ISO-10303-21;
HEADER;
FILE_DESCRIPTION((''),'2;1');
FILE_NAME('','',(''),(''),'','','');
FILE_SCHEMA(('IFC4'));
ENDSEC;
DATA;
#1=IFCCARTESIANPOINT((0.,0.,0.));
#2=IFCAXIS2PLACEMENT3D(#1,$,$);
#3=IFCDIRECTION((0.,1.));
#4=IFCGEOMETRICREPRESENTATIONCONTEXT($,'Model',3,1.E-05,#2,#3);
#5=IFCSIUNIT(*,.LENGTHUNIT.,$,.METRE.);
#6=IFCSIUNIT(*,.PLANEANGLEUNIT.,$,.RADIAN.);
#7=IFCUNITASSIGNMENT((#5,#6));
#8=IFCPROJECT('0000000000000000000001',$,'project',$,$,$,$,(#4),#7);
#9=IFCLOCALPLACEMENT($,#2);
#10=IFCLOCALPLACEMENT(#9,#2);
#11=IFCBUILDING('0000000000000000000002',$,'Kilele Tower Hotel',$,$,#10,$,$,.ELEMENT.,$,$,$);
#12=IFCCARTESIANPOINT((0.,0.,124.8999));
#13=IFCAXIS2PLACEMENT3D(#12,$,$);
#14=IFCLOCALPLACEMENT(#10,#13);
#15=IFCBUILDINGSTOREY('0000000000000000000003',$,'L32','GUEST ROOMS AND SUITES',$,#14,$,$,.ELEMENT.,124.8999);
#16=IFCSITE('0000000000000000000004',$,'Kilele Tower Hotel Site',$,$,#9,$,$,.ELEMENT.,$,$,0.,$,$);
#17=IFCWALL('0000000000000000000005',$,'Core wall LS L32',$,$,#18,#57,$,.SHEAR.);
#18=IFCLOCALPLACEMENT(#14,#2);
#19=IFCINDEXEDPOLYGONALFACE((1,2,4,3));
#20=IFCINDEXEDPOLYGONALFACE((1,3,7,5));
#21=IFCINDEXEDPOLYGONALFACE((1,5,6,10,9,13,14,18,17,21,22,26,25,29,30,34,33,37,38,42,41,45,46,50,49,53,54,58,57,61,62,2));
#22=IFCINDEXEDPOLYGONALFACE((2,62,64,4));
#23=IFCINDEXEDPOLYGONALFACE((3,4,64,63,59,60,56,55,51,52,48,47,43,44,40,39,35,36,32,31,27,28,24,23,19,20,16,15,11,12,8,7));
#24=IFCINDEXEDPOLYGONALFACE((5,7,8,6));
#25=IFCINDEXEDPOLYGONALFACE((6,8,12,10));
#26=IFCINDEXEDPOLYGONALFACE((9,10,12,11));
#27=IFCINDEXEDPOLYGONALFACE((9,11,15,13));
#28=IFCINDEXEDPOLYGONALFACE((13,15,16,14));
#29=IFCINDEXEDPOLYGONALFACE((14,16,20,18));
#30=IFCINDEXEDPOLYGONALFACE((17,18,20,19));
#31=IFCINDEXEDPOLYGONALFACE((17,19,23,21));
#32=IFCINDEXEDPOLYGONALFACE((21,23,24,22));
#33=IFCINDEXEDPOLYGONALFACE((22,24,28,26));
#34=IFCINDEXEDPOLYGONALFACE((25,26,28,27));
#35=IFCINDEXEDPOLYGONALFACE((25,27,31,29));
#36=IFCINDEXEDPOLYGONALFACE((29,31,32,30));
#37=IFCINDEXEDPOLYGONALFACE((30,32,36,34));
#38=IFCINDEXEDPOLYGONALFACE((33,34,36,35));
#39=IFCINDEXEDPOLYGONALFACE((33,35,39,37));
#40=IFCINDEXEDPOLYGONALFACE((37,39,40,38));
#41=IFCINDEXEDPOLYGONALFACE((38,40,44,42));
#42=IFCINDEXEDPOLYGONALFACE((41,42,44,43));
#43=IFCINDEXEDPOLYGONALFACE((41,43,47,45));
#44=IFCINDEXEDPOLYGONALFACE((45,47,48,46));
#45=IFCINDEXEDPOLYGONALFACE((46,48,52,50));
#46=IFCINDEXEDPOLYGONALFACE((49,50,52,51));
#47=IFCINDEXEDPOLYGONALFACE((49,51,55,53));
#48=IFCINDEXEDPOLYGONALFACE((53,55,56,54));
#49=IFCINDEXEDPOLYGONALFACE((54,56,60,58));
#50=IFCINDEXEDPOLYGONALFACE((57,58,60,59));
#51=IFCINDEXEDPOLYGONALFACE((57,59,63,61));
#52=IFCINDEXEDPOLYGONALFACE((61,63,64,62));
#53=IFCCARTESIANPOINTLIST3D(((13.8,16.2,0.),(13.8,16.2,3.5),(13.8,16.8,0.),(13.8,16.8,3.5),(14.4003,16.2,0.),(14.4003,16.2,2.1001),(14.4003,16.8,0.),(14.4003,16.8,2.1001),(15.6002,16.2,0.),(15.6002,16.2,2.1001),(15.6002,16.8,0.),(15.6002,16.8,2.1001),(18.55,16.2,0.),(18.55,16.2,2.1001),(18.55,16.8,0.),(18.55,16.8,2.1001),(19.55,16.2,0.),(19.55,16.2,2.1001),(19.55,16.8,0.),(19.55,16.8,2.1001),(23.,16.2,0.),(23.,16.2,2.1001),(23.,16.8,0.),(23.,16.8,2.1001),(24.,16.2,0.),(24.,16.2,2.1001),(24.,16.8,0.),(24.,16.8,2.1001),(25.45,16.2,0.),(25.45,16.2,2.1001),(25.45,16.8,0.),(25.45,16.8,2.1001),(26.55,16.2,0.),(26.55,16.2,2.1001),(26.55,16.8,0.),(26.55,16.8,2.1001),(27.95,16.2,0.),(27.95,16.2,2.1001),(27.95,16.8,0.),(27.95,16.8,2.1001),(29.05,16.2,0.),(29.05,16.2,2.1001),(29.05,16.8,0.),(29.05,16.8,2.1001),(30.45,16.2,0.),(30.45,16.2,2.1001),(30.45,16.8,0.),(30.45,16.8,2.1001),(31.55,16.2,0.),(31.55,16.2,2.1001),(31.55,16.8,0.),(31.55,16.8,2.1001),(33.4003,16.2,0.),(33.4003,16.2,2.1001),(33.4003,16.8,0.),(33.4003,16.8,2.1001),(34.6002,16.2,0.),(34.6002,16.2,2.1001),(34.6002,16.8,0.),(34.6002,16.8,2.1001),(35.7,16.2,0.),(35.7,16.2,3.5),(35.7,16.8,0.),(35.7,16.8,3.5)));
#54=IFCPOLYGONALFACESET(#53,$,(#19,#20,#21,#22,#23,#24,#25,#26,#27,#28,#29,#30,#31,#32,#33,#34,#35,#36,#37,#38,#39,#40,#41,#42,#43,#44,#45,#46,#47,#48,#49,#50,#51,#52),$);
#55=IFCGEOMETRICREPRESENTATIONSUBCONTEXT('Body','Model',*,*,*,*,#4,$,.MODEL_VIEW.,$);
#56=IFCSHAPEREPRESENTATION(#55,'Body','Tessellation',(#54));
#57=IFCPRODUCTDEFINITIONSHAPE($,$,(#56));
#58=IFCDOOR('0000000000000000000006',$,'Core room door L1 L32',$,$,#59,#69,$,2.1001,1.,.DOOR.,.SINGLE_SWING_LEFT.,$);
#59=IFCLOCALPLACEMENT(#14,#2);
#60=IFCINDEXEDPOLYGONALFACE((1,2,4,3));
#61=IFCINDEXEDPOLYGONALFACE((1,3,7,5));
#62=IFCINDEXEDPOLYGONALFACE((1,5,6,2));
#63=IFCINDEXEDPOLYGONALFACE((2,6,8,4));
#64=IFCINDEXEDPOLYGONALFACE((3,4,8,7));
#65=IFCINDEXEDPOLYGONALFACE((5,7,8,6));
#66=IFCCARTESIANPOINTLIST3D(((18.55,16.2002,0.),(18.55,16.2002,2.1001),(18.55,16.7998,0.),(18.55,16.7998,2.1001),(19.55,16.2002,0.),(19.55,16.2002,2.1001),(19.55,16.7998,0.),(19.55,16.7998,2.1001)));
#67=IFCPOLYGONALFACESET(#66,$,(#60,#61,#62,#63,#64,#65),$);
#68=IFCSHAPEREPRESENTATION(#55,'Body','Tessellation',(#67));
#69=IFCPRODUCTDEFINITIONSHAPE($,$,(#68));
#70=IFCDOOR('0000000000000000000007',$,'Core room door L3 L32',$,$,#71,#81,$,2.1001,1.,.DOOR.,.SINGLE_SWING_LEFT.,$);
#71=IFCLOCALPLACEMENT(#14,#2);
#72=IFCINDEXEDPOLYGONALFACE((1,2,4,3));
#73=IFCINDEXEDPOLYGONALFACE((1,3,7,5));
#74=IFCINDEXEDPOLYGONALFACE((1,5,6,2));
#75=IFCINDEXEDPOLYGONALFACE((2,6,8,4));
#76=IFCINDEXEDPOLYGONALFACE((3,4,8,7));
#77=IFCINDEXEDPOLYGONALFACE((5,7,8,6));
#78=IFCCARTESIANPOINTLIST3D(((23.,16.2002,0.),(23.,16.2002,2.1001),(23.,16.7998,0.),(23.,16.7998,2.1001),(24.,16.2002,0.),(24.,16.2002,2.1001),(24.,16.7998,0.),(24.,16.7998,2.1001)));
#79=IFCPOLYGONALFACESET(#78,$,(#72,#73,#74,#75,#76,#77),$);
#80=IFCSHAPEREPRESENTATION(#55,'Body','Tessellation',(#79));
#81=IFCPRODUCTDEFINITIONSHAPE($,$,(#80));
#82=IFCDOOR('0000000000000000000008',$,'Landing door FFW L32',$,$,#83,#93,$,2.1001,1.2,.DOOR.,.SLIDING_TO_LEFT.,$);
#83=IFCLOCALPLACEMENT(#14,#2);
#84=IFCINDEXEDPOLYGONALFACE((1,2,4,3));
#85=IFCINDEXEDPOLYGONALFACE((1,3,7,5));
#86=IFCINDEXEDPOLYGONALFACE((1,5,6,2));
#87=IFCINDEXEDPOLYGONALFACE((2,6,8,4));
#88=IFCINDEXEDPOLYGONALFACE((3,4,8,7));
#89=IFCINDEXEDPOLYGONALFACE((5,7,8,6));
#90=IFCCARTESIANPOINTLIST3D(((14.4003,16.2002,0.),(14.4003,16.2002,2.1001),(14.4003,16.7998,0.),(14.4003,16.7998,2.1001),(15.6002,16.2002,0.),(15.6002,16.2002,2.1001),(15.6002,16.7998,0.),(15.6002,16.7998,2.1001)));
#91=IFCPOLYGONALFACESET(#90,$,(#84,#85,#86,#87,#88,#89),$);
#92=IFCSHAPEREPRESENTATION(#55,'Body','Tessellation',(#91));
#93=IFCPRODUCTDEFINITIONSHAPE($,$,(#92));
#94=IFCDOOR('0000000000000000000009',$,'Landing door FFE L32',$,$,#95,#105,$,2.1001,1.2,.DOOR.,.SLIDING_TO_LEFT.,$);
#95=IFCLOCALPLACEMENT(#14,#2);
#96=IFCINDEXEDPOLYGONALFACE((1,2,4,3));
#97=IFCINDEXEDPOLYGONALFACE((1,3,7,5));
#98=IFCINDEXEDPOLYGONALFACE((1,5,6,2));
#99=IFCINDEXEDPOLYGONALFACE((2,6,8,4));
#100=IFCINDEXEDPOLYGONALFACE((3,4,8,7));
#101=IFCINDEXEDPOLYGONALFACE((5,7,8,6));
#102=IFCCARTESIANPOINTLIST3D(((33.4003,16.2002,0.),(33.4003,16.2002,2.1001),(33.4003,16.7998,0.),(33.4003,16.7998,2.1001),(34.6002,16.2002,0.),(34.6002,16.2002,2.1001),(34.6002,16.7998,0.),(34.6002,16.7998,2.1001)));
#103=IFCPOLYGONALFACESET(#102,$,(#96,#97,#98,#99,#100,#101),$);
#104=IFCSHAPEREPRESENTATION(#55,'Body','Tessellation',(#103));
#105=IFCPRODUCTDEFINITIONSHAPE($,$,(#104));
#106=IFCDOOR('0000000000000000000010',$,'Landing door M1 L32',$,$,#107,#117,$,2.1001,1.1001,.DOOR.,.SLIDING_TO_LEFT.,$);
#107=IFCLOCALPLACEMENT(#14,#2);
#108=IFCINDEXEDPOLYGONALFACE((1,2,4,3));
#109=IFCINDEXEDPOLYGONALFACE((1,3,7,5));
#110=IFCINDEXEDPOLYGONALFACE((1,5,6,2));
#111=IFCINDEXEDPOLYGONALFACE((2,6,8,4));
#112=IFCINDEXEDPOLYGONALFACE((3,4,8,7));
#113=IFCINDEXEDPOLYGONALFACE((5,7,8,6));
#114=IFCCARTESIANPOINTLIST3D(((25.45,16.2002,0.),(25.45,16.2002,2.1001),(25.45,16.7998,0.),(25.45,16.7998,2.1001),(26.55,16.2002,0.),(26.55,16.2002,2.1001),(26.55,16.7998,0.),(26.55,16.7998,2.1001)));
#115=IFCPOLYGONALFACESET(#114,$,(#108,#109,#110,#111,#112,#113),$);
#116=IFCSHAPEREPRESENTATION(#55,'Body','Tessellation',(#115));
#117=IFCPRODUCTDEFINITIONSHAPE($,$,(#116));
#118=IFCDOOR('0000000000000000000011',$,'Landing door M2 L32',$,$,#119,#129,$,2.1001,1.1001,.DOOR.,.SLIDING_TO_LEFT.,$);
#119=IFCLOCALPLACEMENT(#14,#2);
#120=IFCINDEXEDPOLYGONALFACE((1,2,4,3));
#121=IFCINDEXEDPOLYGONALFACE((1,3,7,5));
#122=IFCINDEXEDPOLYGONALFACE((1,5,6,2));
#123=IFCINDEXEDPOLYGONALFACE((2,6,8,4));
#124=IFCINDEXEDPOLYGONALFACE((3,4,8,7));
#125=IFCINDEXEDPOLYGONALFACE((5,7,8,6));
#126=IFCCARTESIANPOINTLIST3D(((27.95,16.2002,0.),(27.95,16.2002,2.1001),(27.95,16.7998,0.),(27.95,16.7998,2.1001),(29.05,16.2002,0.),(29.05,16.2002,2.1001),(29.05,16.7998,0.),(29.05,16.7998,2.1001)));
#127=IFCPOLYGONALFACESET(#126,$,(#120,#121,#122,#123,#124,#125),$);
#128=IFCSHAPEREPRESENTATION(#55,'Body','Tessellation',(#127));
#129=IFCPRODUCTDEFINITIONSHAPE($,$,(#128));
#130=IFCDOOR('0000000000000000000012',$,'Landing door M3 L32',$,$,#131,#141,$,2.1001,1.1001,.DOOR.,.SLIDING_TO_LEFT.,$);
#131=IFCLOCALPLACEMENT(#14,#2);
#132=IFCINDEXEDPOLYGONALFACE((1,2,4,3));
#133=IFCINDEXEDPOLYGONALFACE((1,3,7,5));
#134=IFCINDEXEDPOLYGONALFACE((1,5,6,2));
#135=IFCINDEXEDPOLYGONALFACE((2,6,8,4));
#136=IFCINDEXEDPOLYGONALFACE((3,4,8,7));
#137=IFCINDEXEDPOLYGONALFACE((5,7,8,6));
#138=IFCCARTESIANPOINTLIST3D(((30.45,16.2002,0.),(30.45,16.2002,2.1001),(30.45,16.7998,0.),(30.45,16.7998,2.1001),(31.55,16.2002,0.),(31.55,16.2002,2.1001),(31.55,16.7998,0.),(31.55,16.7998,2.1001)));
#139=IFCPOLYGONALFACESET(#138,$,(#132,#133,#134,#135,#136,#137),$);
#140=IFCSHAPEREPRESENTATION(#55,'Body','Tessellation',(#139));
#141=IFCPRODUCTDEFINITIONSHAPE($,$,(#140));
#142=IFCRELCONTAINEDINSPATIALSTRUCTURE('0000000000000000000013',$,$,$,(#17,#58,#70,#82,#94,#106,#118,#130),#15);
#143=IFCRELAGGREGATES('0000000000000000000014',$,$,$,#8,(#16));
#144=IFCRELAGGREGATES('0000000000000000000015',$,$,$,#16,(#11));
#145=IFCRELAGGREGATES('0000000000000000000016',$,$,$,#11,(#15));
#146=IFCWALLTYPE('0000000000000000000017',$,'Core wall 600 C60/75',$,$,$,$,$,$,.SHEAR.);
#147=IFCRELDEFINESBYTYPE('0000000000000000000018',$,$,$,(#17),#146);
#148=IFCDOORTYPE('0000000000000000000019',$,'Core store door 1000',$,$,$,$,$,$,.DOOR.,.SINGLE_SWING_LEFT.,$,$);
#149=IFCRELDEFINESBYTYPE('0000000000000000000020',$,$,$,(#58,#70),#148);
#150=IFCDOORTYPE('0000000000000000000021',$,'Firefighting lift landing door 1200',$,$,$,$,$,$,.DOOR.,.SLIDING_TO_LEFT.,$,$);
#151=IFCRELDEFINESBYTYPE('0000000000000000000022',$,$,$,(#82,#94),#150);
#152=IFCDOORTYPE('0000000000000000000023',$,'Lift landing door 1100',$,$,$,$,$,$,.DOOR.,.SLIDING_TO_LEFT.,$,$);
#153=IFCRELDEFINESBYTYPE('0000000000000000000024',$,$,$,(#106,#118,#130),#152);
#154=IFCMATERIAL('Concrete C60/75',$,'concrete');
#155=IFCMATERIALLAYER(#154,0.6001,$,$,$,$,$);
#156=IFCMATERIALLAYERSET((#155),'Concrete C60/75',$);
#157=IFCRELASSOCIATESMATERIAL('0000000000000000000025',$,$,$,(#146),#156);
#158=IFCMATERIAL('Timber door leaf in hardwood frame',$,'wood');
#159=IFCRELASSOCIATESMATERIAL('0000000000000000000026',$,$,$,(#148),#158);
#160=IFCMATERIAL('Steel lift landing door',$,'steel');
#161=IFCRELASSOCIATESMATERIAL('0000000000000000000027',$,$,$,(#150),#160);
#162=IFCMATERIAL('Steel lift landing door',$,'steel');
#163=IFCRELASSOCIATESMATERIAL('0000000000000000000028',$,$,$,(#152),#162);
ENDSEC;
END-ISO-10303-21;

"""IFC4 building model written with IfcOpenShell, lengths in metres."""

from ifc_helpers import new_model, si_unit, direction, frame, frame_2d, origin, place, context, subcontext, project, spatial, rectangle, extrude, material, layer, layer_set, type_object, element, fill, save


model = new_model("IFC4")

# Units and contexts
model_context = context("Model", 3, precision=1e-05, world=origin(), true_north=direction((0.0, 1.0)))
body_context = subcontext(model_context, "Body", "Model", "MODEL_VIEW")
ifc_project = project(units=[si_unit("LENGTHUNIT", "METRE"), si_unit("PLANEANGLEUNIT", "RADIAN")], contexts=[model_context])

# Site, building, storey
site_placement = place(None, origin())
site = spatial("IfcSite", under=ifc_project, at=site_placement, Name="Kilele Tower Hotel Site", CompositionType="ELEMENT", RefElevation=0.0)
building_placement = place(site_placement, origin())
building = spatial("IfcBuilding", under=site, at=building_placement, Name="Kilele Tower Hotel", CompositionType="ELEMENT")
storey_placement = place(building_placement, frame((0.0, 0.0, 124.8999)))
storey = spatial("IfcBuildingStorey", under=building, at=storey_placement, Name="L32", Description="GUEST ROOMS AND SUITES", CompositionType="ELEMENT", Elevation=124.8999)

# Shared definitions
ifc_material_1 = material(Name="Concrete C60/75", Category="concrete")
ifc_layer_1 = layer(ifc_material_1, 0.6001)
ifc_layer_set_1 = layer_set([ifc_layer_1], Name="Concrete C60/75")
wall_type_1 = type_object("IfcWallType", Name="Core wall 600 C60/75", PredefinedType="SHEAR", material=ifc_layer_set_1)

# Wall, openings, doors
wall_1_placement = place(storey_placement, frame((13.8, 16.5, 0.0), z_axis=(0.0, 0.0, 1.0), x_axis=(1.0, 0.0, 0.0)))
wall_1 = element("IfcWall", 1, at=wall_1_placement, inside=storey, type_object=wall_type_1, Name="Core wall LS L32", PredefinedType="SHEAR", context=body_context, shape_type="SweptSolid", body=[
    extrude(rectangle(XDim=21.8999, YDim=0.6001, at=frame_2d((10.95, 0.0))), origin(), (0.0, 0.0, 1.0), 3.5),
])
opening_1_placement = place(wall_1_placement, frame((11.6499, 0.0, 0.0)))
opening_1 = element("IfcOpeningElement", 2, at=opening_1_placement, cuts=wall_1, PredefinedType="OPENING", context=body_context, shape_type="SweptSolid", body=[
    extrude(rectangle(XDim=1.1001, YDim=2.1001, at=frame_2d((0.55, 1.05))), frame((0.0, 0.3101, 0.0), z_axis=(0.0, -1.0, 0.0), x_axis=(1.0, 0.0, 0.0)), (0.0, 0.0, 1.0), 0.6201),
])
opening_2_placement = place(wall_1_placement, frame((14.1499, 0.0, 0.0)))
opening_2 = element("IfcOpeningElement", 3, at=opening_2_placement, cuts=wall_1, PredefinedType="OPENING", context=body_context, shape_type="SweptSolid", body=[
    extrude(rectangle(XDim=1.1001, YDim=2.1001, at=frame_2d((0.55, 1.05))), frame((0.0, 0.3101, 0.0), z_axis=(0.0, -1.0, 0.0), x_axis=(1.0, 0.0, 0.0)), (0.0, 0.0, 1.0), 0.6201),
])
opening_3_placement = place(wall_1_placement, frame((16.6499, 0.0, 0.0)))
opening_3 = element("IfcOpeningElement", 4, at=opening_3_placement, cuts=wall_1, PredefinedType="OPENING", context=body_context, shape_type="SweptSolid", body=[
    extrude(rectangle(XDim=1.1001, YDim=2.1001, at=frame_2d((0.55, 1.05))), frame((0.0, 0.3101, 0.0), z_axis=(0.0, -1.0, 0.0), x_axis=(1.0, 0.0, 0.0)), (0.0, 0.0, 1.0), 0.6201),
])
opening_4_placement = place(wall_1_placement, frame((5.75, 0.0, 0.0), z_axis=(0.0, 0.0, 1.0), x_axis=(-1.0, 0.0, 0.0)))
opening_4 = element("IfcOpeningElement", 5, at=opening_4_placement, cuts=wall_1, PredefinedType="OPENING", context=body_context, shape_type="SweptSolid", body=[
    extrude(rectangle(XDim=1.0, YDim=2.1001, at=frame_2d((0.5, 1.05))), frame((0.0, 0.3101, 0.0), z_axis=(0.0, -1.0, 0.0), x_axis=(1.0, 0.0, 0.0)), (0.0, 0.0, 1.0), 0.6201),
])
opening_5_placement = place(wall_1_placement, frame((10.2, 0.0, 0.0), z_axis=(0.0, 0.0, 1.0), x_axis=(-1.0, 0.0, 0.0)))
opening_5 = element("IfcOpeningElement", 6, at=opening_5_placement, cuts=wall_1, PredefinedType="OPENING", context=body_context, shape_type="SweptSolid", body=[
    extrude(rectangle(XDim=1.0, YDim=2.1001, at=frame_2d((0.5, 1.05))), frame((0.0, 0.3101, 0.0), z_axis=(0.0, -1.0, 0.0), x_axis=(1.0, 0.0, 0.0)), (0.0, 0.0, 1.0), 0.6201),
])
opening_6_placement = place(wall_1_placement, frame((0.6001, 0.0, 0.0)))
opening_6 = element("IfcOpeningElement", 7, at=opening_6_placement, cuts=wall_1, PredefinedType="OPENING", context=body_context, shape_type="SweptSolid", body=[
    extrude(rectangle(XDim=1.2, YDim=2.1001, at=frame_2d((0.6001, 1.05))), frame((0.0, 0.3101, 0.0), z_axis=(0.0, -1.0, 0.0), x_axis=(1.0, 0.0, 0.0)), (0.0, 0.0, 1.0), 0.6201),
])
opening_7_placement = place(wall_1_placement, frame((19.6001, 0.0, 0.0)))
opening_7 = element("IfcOpeningElement", 8, at=opening_7_placement, cuts=wall_1, PredefinedType="OPENING", context=body_context, shape_type="SweptSolid", body=[
    extrude(rectangle(XDim=1.2, YDim=2.1001, at=frame_2d((0.6001, 1.05))), frame((0.0, 0.3101, 0.0), z_axis=(0.0, -1.0, 0.0), x_axis=(1.0, 0.0, 0.0)), (0.0, 0.0, 1.0), 0.6201),
])
ifc_material_2 = material(Name="Timber door leaf in hardwood frame", Category="wood")
door_type_1 = type_object("IfcDoorType", Name="Core store door 1000", OperationType="SINGLE_SWING_LEFT", PredefinedType="DOOR", material=ifc_material_2)
door_1_placement = place(opening_4_placement, origin())
door_1 = element("IfcDoor", 9, at=door_1_placement, inside=storey, type_object=door_type_1, Name="Core room door L1 L32", OperationType="SINGLE_SWING_LEFT", OverallHeight=2.1001, OverallWidth=1.0, PredefinedType="DOOR", context=body_context, shape_type="SweptSolid", body=[
    extrude(rectangle(XDim=1.0, YDim=2.1001, at=frame_2d((0.5, 1.05))), frame((0.0, 0.2998, 0.0), z_axis=(0.0, -1.0, 0.0), x_axis=(1.0, 0.0, 0.0)), (0.0, 0.0, 1.0), 0.5996),
])
fill(opening_4, door_1)
door_2_placement = place(opening_5_placement, origin())
door_2 = element("IfcDoor", 10, at=door_2_placement, inside=storey, type_object=door_type_1, Name="Core room door L3 L32", OperationType="SINGLE_SWING_LEFT", OverallHeight=2.1001, OverallWidth=1.0, PredefinedType="DOOR", context=body_context, shape_type="SweptSolid", body=[
    extrude(rectangle(XDim=1.0, YDim=2.1001, at=frame_2d((0.5, 1.05))), frame((0.0, 0.2998, 0.0), z_axis=(0.0, -1.0, 0.0), x_axis=(1.0, 0.0, 0.0)), (0.0, 0.0, 1.0), 0.5996),
])
fill(opening_5, door_2)
ifc_material_3 = material(Name="Steel lift landing door", Category="steel")
door_type_2 = type_object("IfcDoorType", Name="Firefighting lift landing door 1200", OperationType="SLIDING_TO_LEFT", PredefinedType="DOOR", material=ifc_material_3)
door_3_placement = place(opening_6_placement, origin())
door_3 = element("IfcDoor", 11, at=door_3_placement, inside=storey, type_object=door_type_2, Name="Landing door FFW L32", OperationType="SLIDING_TO_LEFT", OverallHeight=2.1001, OverallWidth=1.2, PredefinedType="DOOR", context=body_context, shape_type="SweptSolid", body=[
    extrude(rectangle(XDim=1.2, YDim=2.1001, at=frame_2d((0.6001, 1.05))), frame((0.0, 0.2998, 0.0), z_axis=(0.0, -1.0, 0.0), x_axis=(1.0, 0.0, 0.0)), (0.0, 0.0, 1.0), 0.5996),
])
fill(opening_6, door_3)
door_4_placement = place(opening_7_placement, origin())
door_4 = element("IfcDoor", 12, at=door_4_placement, inside=storey, type_object=door_type_2, Name="Landing door FFE L32", OperationType="SLIDING_TO_LEFT", OverallHeight=2.1001, OverallWidth=1.2, PredefinedType="DOOR", context=body_context, shape_type="SweptSolid", body=[
    extrude(rectangle(XDim=1.2, YDim=2.1001, at=frame_2d((0.6001, 1.05))), frame((0.0, 0.2998, 0.0), z_axis=(0.0, -1.0, 0.0), x_axis=(1.0, 0.0, 0.0)), (0.0, 0.0, 1.0), 0.5996),
])
fill(opening_7, door_4)
ifc_material_4 = material(Name="Steel lift landing door", Category="steel")
door_type_3 = type_object("IfcDoorType", Name="Lift landing door 1100", OperationType="SLIDING_TO_LEFT", PredefinedType="DOOR", material=ifc_material_4)
door_5_placement = place(opening_1_placement, origin())
door_5 = element("IfcDoor", 13, at=door_5_placement, inside=storey, type_object=door_type_3, Name="Landing door M1 L32", OperationType="SLIDING_TO_LEFT", OverallHeight=2.1001, OverallWidth=1.1001, PredefinedType="DOOR", context=body_context, shape_type="SweptSolid", body=[
    extrude(rectangle(XDim=1.1001, YDim=2.1001, at=frame_2d((0.55, 1.05))), frame((0.0, 0.2998, 0.0), z_axis=(0.0, -1.0, 0.0), x_axis=(1.0, 0.0, 0.0)), (0.0, 0.0, 1.0), 0.5996),
])
fill(opening_1, door_5)
door_6_placement = place(opening_2_placement, origin())
door_6 = element("IfcDoor", 14, at=door_6_placement, inside=storey, type_object=door_type_3, Name="Landing door M2 L32", OperationType="SLIDING_TO_LEFT", OverallHeight=2.1001, OverallWidth=1.1001, PredefinedType="DOOR", context=body_context, shape_type="SweptSolid", body=[
    extrude(rectangle(XDim=1.1001, YDim=2.1001, at=frame_2d((0.55, 1.05))), frame((0.0, 0.2998, 0.0), z_axis=(0.0, -1.0, 0.0), x_axis=(1.0, 0.0, 0.0)), (0.0, 0.0, 1.0), 0.5996),
])
fill(opening_2, door_6)
door_7_placement = place(opening_3_placement, origin())
door_7 = element("IfcDoor", 15, at=door_7_placement, inside=storey, type_object=door_type_3, Name="Landing door M3 L32", OperationType="SLIDING_TO_LEFT", OverallHeight=2.1001, OverallWidth=1.1001, PredefinedType="DOOR", context=body_context, shape_type="SweptSolid", body=[
    extrude(rectangle(XDim=1.1001, YDim=2.1001, at=frame_2d((0.55, 1.05))), frame((0.0, 0.2998, 0.0), z_axis=(0.0, -1.0, 0.0), x_axis=(1.0, 0.0, 0.0)), (0.0, 0.0, 1.0), 0.5996),
])
fill(opening_3, door_7)

save(model, "model.ifc")
